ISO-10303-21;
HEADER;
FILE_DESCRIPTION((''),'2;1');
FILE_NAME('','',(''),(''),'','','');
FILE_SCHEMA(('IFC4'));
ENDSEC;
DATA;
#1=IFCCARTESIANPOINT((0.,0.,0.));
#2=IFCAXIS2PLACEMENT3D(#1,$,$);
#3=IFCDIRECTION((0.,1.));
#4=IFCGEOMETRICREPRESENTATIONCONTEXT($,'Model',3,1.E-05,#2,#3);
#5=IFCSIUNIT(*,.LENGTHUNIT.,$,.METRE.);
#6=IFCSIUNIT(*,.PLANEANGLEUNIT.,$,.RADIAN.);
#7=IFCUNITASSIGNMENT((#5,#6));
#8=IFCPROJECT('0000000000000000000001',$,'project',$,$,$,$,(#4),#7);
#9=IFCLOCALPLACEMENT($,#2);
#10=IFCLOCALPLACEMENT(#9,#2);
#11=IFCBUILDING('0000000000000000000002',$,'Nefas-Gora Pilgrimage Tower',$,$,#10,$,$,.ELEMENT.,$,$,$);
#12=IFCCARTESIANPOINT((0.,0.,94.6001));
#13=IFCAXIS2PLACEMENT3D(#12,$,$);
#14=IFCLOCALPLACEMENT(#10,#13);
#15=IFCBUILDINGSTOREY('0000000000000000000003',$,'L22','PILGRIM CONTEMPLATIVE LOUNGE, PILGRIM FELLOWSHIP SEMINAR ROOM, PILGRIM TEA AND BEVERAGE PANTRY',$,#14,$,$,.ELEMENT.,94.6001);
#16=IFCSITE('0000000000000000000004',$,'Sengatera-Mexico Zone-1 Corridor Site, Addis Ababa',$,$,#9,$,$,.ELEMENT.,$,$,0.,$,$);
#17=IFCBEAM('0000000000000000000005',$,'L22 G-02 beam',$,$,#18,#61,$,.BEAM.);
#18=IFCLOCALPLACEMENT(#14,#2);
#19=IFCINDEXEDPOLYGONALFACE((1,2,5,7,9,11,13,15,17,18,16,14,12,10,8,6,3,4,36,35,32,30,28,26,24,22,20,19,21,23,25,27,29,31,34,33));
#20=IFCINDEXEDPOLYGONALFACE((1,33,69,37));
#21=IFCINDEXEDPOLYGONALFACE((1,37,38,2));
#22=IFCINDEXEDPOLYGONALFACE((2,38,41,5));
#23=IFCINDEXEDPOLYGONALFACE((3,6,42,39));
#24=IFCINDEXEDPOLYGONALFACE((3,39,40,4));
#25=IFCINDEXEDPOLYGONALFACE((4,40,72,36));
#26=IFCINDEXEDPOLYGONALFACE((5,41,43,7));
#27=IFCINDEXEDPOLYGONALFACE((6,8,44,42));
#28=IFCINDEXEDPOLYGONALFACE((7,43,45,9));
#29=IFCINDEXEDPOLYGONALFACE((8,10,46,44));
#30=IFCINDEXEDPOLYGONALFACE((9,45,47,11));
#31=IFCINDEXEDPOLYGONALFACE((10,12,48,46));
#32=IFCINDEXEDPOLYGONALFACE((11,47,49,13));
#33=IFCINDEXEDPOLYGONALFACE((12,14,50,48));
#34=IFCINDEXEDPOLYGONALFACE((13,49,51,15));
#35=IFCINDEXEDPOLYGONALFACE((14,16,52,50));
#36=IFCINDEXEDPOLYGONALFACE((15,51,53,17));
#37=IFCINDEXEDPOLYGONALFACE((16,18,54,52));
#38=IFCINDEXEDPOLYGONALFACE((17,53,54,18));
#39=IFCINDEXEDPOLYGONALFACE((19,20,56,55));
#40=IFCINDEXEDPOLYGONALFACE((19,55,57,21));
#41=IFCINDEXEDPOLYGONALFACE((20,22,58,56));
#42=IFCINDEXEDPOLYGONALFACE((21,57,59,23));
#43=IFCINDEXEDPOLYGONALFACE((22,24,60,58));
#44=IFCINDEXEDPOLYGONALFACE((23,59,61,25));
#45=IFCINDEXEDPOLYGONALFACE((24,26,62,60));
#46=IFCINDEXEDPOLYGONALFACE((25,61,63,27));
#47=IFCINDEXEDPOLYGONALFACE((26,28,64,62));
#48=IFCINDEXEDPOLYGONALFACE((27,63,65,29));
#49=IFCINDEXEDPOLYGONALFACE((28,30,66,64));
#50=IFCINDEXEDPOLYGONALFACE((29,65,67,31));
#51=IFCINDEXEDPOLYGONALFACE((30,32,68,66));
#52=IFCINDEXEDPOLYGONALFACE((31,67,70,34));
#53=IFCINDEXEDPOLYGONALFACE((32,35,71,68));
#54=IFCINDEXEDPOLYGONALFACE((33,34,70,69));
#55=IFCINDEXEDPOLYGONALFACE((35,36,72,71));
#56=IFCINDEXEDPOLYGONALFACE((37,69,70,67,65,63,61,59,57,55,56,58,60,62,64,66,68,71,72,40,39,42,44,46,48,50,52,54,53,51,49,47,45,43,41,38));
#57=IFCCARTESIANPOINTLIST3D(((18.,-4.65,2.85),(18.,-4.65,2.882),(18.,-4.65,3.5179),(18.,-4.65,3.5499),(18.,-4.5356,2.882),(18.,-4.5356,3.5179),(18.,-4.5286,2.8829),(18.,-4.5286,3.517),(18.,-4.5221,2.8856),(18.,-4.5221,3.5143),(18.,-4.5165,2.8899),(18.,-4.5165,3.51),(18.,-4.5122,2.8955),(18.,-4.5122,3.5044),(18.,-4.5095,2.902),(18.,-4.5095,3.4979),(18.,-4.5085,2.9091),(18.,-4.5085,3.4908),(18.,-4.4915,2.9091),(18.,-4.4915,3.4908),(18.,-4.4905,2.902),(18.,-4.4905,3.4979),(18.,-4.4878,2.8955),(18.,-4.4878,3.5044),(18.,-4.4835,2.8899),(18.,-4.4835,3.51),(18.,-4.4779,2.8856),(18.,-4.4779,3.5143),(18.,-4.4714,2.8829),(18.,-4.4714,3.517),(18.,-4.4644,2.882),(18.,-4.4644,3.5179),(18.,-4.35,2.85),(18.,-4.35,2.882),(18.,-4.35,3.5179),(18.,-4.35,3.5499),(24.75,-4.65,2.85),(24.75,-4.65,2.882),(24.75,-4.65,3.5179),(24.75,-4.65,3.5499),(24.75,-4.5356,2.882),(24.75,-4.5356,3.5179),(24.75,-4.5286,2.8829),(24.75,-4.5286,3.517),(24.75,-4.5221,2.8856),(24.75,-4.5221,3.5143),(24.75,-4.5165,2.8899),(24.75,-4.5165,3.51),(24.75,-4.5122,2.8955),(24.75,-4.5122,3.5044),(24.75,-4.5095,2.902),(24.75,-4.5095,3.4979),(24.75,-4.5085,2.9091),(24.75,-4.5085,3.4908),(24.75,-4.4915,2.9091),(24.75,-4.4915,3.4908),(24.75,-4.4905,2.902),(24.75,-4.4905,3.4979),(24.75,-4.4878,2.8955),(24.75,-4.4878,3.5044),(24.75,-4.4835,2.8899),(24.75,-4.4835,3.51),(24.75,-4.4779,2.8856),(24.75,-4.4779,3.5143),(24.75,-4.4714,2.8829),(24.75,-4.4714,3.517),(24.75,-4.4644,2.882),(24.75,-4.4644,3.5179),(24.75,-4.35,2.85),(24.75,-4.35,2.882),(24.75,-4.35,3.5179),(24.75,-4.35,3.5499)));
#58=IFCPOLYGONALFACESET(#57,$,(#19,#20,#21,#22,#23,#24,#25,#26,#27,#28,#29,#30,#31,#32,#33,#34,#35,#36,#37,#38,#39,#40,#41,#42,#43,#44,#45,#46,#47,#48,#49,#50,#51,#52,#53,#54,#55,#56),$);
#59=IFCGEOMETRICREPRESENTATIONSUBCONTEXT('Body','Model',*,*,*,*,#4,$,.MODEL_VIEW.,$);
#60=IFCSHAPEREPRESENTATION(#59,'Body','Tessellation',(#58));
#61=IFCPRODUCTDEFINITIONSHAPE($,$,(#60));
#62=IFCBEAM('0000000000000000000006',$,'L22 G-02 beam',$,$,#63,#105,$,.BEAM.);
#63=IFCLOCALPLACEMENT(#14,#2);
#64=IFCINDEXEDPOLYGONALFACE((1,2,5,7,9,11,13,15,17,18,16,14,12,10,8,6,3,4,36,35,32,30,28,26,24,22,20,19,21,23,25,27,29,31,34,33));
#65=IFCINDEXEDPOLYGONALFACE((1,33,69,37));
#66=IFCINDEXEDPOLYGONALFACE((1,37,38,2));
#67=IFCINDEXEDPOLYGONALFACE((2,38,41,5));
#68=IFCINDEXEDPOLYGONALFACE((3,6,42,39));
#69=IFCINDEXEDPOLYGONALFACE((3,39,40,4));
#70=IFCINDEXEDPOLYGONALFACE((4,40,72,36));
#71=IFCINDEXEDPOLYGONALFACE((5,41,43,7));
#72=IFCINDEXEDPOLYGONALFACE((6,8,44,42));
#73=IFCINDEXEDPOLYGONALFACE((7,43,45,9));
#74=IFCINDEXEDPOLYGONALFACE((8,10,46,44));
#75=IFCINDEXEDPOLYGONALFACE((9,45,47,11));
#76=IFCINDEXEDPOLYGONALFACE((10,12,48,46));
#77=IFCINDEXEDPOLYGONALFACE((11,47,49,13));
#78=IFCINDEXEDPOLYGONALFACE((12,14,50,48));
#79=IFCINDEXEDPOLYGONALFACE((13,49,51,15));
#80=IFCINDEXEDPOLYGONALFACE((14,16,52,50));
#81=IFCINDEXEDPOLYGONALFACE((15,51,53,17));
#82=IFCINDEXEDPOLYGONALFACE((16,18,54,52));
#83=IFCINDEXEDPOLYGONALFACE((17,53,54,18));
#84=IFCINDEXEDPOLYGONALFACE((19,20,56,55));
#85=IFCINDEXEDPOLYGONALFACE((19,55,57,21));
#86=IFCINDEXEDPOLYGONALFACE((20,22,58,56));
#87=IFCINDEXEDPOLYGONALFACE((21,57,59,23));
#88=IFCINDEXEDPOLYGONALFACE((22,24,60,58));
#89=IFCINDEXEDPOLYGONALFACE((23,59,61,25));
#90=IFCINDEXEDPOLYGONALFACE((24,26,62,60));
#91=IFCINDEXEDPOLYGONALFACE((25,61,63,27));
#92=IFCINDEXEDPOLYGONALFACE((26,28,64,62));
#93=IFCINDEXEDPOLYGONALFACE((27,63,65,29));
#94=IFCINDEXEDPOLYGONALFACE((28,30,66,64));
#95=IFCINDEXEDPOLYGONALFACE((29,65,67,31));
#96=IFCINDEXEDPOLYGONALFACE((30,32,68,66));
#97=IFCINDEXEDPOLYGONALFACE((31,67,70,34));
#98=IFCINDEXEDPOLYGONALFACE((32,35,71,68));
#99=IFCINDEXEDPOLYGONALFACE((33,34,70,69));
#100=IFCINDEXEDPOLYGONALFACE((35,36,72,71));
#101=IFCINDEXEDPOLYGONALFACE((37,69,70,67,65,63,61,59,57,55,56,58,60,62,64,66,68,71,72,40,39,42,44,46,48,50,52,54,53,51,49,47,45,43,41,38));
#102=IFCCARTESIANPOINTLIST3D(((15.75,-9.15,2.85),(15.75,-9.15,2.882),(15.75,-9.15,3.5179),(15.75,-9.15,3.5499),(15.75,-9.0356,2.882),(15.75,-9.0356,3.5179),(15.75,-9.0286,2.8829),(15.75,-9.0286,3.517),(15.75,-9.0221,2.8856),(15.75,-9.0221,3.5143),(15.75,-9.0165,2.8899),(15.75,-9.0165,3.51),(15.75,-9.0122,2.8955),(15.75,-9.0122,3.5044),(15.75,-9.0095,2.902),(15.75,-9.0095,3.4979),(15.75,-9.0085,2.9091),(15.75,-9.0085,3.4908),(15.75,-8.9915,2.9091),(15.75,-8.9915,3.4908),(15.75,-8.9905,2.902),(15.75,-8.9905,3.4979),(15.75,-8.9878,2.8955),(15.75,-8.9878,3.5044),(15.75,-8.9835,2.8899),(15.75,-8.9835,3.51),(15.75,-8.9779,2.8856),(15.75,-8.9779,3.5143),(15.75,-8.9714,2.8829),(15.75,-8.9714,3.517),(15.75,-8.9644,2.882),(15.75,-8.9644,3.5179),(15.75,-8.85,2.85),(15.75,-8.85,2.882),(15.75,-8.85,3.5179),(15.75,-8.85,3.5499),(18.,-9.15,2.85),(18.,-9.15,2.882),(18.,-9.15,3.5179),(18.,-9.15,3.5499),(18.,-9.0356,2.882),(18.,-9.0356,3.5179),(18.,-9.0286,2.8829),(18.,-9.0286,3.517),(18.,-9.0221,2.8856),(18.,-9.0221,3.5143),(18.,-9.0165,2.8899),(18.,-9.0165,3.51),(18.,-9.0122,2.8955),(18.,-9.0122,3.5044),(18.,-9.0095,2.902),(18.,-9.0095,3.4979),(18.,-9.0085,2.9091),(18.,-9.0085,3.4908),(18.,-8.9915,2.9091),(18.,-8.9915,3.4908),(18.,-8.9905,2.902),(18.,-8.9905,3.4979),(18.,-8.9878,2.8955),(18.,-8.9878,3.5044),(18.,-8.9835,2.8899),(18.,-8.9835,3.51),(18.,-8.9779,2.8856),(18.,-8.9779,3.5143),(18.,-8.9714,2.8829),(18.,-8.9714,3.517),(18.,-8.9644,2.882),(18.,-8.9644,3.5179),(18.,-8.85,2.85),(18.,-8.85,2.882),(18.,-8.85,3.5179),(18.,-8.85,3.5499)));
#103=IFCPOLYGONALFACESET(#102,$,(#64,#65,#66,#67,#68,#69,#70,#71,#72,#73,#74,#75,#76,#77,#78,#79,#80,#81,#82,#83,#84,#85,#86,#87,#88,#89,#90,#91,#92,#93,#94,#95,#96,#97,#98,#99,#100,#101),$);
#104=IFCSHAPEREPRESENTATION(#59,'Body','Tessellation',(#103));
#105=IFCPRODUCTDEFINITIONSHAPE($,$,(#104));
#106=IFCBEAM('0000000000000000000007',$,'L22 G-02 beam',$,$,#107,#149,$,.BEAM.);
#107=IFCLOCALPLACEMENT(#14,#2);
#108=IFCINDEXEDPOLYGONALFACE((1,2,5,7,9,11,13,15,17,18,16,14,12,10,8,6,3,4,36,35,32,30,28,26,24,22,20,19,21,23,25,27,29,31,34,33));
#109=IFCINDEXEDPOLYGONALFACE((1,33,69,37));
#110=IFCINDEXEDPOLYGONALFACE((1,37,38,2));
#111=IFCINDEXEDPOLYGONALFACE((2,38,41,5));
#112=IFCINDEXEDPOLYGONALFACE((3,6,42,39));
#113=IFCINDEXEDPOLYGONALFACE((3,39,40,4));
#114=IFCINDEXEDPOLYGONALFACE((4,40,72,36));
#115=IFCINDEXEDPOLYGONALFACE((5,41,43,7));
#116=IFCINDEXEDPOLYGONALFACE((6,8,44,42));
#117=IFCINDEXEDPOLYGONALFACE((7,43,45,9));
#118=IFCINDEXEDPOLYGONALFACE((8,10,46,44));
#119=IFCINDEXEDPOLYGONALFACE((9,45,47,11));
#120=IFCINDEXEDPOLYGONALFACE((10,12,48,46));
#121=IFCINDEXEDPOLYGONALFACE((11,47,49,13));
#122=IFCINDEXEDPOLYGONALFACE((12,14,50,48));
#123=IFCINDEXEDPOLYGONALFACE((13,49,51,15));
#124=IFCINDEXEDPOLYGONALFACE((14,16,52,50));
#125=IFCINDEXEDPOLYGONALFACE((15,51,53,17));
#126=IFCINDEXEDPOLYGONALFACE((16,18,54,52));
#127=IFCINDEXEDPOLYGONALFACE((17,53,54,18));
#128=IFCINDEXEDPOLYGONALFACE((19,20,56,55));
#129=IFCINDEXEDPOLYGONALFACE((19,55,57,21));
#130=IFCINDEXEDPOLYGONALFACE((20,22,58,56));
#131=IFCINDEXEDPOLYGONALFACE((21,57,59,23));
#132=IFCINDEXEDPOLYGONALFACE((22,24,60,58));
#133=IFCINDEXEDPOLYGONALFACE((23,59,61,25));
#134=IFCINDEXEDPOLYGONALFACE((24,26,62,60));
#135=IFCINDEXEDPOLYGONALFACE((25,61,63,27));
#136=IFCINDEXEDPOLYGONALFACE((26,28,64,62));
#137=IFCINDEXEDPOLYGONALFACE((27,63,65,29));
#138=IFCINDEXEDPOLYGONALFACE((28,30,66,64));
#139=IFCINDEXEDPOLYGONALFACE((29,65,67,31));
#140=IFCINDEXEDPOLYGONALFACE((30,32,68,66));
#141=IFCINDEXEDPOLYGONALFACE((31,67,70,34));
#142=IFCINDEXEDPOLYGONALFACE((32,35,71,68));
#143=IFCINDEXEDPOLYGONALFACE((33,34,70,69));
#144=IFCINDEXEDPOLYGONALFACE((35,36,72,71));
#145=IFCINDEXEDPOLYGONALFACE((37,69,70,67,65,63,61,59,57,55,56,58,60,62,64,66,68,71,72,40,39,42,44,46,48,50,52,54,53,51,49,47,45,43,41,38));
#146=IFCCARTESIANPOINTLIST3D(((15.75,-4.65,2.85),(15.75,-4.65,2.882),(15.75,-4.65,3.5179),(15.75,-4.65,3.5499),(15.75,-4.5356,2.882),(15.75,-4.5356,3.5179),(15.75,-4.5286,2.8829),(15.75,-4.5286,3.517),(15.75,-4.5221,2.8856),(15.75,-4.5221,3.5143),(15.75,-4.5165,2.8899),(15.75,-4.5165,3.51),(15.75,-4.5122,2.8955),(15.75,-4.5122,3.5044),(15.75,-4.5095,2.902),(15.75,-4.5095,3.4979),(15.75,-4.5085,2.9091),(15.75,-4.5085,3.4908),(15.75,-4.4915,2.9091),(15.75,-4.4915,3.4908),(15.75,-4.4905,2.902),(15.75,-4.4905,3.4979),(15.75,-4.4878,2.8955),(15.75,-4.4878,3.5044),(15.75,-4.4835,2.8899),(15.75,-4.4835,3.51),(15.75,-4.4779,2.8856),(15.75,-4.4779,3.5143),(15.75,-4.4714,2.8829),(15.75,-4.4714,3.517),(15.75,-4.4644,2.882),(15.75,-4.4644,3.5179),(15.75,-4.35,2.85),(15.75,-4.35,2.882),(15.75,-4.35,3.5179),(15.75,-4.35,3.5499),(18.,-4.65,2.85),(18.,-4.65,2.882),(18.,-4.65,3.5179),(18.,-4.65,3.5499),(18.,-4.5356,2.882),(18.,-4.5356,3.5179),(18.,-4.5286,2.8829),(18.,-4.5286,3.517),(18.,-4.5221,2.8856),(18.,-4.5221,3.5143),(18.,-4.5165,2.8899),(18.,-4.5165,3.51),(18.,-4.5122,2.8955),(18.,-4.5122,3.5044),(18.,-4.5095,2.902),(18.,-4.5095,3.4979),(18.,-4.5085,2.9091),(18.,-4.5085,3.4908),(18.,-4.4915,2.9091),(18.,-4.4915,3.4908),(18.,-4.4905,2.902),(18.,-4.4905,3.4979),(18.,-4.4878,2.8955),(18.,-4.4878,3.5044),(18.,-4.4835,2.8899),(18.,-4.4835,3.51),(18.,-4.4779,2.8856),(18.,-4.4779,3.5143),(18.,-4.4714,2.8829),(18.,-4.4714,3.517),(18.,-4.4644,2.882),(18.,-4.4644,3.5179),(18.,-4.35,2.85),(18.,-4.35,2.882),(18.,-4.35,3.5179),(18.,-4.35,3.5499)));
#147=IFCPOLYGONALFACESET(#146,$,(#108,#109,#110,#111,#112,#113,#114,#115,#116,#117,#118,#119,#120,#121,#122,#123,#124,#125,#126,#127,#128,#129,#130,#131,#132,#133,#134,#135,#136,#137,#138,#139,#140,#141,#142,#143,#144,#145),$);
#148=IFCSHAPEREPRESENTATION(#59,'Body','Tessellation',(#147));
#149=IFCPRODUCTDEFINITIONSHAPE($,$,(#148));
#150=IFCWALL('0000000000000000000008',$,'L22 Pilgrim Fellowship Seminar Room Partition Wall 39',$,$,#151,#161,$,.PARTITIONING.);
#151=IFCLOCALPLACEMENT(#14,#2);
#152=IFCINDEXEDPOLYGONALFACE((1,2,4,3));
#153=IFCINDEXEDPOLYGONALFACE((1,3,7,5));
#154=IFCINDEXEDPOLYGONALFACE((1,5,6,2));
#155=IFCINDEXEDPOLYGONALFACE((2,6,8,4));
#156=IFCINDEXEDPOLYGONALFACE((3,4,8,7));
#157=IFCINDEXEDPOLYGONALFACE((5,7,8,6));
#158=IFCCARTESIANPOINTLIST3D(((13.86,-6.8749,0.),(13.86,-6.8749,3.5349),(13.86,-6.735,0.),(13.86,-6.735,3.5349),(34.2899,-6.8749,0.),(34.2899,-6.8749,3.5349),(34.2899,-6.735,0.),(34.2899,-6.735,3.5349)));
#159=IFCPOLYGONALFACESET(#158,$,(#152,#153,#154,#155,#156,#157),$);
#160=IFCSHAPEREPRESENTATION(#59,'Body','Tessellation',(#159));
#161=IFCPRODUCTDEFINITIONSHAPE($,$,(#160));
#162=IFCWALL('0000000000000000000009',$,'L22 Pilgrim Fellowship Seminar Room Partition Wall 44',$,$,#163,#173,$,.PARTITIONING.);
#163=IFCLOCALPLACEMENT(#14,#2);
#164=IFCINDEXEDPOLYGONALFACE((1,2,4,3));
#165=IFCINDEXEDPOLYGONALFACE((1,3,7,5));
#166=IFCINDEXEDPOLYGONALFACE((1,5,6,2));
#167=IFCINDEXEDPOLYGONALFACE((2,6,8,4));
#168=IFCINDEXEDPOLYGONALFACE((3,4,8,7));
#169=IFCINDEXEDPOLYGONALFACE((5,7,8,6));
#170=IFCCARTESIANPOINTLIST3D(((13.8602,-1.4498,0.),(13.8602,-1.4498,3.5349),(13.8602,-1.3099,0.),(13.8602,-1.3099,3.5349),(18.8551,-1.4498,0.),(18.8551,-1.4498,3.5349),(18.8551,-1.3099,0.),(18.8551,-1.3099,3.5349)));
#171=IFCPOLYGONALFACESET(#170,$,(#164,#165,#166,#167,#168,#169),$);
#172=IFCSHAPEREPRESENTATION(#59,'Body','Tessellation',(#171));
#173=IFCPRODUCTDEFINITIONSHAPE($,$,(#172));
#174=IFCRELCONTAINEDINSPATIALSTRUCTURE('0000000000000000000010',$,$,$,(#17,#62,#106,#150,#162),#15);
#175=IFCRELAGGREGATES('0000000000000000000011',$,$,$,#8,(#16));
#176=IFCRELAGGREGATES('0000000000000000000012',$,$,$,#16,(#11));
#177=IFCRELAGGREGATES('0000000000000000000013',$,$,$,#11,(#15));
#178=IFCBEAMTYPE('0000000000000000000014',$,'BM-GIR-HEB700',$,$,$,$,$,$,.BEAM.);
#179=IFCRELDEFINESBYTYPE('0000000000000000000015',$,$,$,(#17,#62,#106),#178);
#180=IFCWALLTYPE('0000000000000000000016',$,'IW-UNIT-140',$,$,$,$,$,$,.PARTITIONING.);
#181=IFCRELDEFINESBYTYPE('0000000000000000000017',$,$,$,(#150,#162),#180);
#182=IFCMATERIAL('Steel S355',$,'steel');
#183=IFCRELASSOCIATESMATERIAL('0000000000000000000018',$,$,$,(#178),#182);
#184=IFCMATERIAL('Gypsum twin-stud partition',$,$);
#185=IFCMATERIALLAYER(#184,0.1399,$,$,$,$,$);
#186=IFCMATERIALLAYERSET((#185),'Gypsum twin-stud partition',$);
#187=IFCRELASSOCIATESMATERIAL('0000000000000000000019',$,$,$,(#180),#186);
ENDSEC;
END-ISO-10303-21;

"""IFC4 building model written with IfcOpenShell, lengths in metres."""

from ifc_helpers import new_model, si_unit, direction, frame, frame_2d, origin, origin_2d, place, context, subcontext, project, spatial, rectangle, i_section, extrude, source, transform, mapped, material, layer, layer_set, material_profile, profile_set, type_object, element, save


model = new_model("IFC4")

# Units and contexts
model_context = context("Model", 3, precision=1e-05, world=origin(), true_north=direction((0.0, 1.0)))
body_context = subcontext(model_context, "Body", "Model", "MODEL_VIEW")
ifc_project = project(units=[si_unit("LENGTHUNIT", "METRE"), si_unit("PLANEANGLEUNIT", "RADIAN")], contexts=[model_context])

# Site, building, storey
site_placement = place(None, origin())
site = spatial("IfcSite", under=ifc_project, at=site_placement, Name="Sengatera-Mexico Zone-1 Corridor Site, Addis Ababa", CompositionType="ELEMENT", RefElevation=0.0)
building_placement = place(site_placement, origin())
building = spatial("IfcBuilding", under=site, at=building_placement, Name="Nefas-Gora Pilgrimage Tower", CompositionType="ELEMENT")
storey_placement = place(building_placement, frame((0.0, 0.0, 94.6001)))
storey = spatial("IfcBuildingStorey", under=building, at=storey_placement, Name="L22", Description="PILGRIM CONTEMPLATIVE LOUNGE, PILGRIM FELLOWSHIP SEMINAR ROOM, PILGRIM TEA AND BEVERAGE PANTRY", CompositionType="ELEMENT", Elevation=94.6001)

# Beams
ifc_material_1 = material(Name="Steel S355", Category="steel")
ifc_material_profile_1 = material_profile(ifc_material_1, i_section(OverallWidth=0.3, OverallDepth=0.7, WebThickness=0.0171, FlangeThickness=0.032, FilletRadius=0.0271, at=origin_2d()), Name="HEB 700")
ifc_profile_set_1 = profile_set([ifc_material_profile_1], Name="Steel S355")
beam_type_1 = type_object("IfcBeamType", Name="BM-GIR-HEB700", PredefinedType="BEAM", material=ifc_profile_set_1)
shared_shape_1 = source(origin(), body_context, "Body", "SweptSolid", [
    extrude(i_section(OverallWidth=0.3, OverallDepth=0.7, WebThickness=0.0171, FlangeThickness=0.032, FilletRadius=0.0271, at=origin_2d()), origin(), (0.0, 0.0, 1.0), 6.75),
])
for number, where, z_axis, x_axis, name in (
    (1, (18.0, -4.5, 3.2), (1.0, 0.0, 0.0), (0.0, 1.0, 0.0), "L22 G-02 beam"),
):
    element("IfcBeam", number, at=place(storey_placement, frame(where, z_axis=z_axis, x_axis=x_axis)), inside=storey, type_object=beam_type_1, Name=name, PredefinedType="BEAM", context=body_context, shape_type="MappedRepresentation", body=[
        mapped(shared_shape_1, transform((0.0, 0.0, 0.0), x_axis=(1.0, 0.0, 0.0), y_axis=(0.0, 1.0, 0.0), z_axis=(0.0, 0.0, 1.0), scale=1.0)),
    ])
shared_shape_2 = source(origin(), body_context, "Body", "SweptSolid", [
    extrude(i_section(OverallWidth=0.3, OverallDepth=0.7, WebThickness=0.0171, FlangeThickness=0.032, FilletRadius=0.0271, at=origin_2d()), origin(), (0.0, 0.0, 1.0), 2.25),
])
for number, where, z_axis, x_axis, name in (
    (2, (15.75, -9.0, 3.2), (1.0, 0.0, 0.0), (0.0, 1.0, 0.0), "L22 G-02 beam"),
    (3, (15.75, -4.5, 3.2), (1.0, 0.0, 0.0), (0.0, 1.0, 0.0), "L22 G-02 beam"),
):
    element("IfcBeam", number, at=place(storey_placement, frame(where, z_axis=z_axis, x_axis=x_axis)), inside=storey, type_object=beam_type_1, Name=name, PredefinedType="BEAM", context=body_context, shape_type="MappedRepresentation", body=[
        mapped(shared_shape_2, transform((0.0, 0.0, 0.0), x_axis=(1.0, 0.0, 0.0), y_axis=(0.0, 1.0, 0.0), z_axis=(0.0, 0.0, 1.0), scale=1.0)),
    ])

# Walls
ifc_material_2 = material(Name="Gypsum twin-stud partition")
ifc_layer_1 = layer(ifc_material_2, 0.1399)
ifc_layer_set_1 = layer_set([ifc_layer_1], Name="Gypsum twin-stud partition")
wall_type_1 = type_object("IfcWallType", Name="IW-UNIT-140", PredefinedType="PARTITIONING", material=ifc_layer_set_1)
shared_shape_3 = source(origin(), body_context, "Body", "SweptSolid", [
    extrude(rectangle(XDim=20.4299, YDim=0.1399, at=frame_2d((10.2148, 0.0))), origin(), (0.0, 0.0, 1.0), 3.5349),
])
wall_1_placement = place(storey_placement, frame((13.8601, -6.8049, 0.0), z_axis=(0.0, 0.0, 1.0), x_axis=(1.0, 0.0, 0.0)))
element("IfcWall", 4, at=wall_1_placement, inside=storey, type_object=wall_type_1, Name="L22 Pilgrim Fellowship Seminar Room Partition Wall 39", PredefinedType="PARTITIONING", context=body_context, shape_type="MappedRepresentation", body=[
    mapped(shared_shape_3, transform((0.0, 0.0, 0.0), x_axis=(1.0, 0.0, 0.0), y_axis=(0.0, 1.0, 0.0), z_axis=(0.0, 0.0, 1.0), scale=1.0)),
])
shared_shape_4 = source(origin(), body_context, "Body", "SweptSolid", [
    extrude(rectangle(XDim=4.9949, YDim=0.1399, at=frame_2d((2.4976, 0.0))), origin(), (0.0, 0.0, 1.0), 3.5349),
])
wall_2_placement = place(storey_placement, frame((13.8601, -1.3799, 0.0), z_axis=(0.0, 0.0, 1.0), x_axis=(1.0, 0.0, 0.0)))
element("IfcWall", 5, at=wall_2_placement, inside=storey, type_object=wall_type_1, Name="L22 Pilgrim Fellowship Seminar Room Partition Wall 44", PredefinedType="PARTITIONING", context=body_context, shape_type="MappedRepresentation", body=[
    mapped(shared_shape_4, transform((0.0, 0.0, 0.0), x_axis=(1.0, 0.0, 0.0), y_axis=(0.0, 1.0, 0.0), z_axis=(0.0, 0.0, 1.0), scale=1.0)),
])

save(model, "model.ifc")
